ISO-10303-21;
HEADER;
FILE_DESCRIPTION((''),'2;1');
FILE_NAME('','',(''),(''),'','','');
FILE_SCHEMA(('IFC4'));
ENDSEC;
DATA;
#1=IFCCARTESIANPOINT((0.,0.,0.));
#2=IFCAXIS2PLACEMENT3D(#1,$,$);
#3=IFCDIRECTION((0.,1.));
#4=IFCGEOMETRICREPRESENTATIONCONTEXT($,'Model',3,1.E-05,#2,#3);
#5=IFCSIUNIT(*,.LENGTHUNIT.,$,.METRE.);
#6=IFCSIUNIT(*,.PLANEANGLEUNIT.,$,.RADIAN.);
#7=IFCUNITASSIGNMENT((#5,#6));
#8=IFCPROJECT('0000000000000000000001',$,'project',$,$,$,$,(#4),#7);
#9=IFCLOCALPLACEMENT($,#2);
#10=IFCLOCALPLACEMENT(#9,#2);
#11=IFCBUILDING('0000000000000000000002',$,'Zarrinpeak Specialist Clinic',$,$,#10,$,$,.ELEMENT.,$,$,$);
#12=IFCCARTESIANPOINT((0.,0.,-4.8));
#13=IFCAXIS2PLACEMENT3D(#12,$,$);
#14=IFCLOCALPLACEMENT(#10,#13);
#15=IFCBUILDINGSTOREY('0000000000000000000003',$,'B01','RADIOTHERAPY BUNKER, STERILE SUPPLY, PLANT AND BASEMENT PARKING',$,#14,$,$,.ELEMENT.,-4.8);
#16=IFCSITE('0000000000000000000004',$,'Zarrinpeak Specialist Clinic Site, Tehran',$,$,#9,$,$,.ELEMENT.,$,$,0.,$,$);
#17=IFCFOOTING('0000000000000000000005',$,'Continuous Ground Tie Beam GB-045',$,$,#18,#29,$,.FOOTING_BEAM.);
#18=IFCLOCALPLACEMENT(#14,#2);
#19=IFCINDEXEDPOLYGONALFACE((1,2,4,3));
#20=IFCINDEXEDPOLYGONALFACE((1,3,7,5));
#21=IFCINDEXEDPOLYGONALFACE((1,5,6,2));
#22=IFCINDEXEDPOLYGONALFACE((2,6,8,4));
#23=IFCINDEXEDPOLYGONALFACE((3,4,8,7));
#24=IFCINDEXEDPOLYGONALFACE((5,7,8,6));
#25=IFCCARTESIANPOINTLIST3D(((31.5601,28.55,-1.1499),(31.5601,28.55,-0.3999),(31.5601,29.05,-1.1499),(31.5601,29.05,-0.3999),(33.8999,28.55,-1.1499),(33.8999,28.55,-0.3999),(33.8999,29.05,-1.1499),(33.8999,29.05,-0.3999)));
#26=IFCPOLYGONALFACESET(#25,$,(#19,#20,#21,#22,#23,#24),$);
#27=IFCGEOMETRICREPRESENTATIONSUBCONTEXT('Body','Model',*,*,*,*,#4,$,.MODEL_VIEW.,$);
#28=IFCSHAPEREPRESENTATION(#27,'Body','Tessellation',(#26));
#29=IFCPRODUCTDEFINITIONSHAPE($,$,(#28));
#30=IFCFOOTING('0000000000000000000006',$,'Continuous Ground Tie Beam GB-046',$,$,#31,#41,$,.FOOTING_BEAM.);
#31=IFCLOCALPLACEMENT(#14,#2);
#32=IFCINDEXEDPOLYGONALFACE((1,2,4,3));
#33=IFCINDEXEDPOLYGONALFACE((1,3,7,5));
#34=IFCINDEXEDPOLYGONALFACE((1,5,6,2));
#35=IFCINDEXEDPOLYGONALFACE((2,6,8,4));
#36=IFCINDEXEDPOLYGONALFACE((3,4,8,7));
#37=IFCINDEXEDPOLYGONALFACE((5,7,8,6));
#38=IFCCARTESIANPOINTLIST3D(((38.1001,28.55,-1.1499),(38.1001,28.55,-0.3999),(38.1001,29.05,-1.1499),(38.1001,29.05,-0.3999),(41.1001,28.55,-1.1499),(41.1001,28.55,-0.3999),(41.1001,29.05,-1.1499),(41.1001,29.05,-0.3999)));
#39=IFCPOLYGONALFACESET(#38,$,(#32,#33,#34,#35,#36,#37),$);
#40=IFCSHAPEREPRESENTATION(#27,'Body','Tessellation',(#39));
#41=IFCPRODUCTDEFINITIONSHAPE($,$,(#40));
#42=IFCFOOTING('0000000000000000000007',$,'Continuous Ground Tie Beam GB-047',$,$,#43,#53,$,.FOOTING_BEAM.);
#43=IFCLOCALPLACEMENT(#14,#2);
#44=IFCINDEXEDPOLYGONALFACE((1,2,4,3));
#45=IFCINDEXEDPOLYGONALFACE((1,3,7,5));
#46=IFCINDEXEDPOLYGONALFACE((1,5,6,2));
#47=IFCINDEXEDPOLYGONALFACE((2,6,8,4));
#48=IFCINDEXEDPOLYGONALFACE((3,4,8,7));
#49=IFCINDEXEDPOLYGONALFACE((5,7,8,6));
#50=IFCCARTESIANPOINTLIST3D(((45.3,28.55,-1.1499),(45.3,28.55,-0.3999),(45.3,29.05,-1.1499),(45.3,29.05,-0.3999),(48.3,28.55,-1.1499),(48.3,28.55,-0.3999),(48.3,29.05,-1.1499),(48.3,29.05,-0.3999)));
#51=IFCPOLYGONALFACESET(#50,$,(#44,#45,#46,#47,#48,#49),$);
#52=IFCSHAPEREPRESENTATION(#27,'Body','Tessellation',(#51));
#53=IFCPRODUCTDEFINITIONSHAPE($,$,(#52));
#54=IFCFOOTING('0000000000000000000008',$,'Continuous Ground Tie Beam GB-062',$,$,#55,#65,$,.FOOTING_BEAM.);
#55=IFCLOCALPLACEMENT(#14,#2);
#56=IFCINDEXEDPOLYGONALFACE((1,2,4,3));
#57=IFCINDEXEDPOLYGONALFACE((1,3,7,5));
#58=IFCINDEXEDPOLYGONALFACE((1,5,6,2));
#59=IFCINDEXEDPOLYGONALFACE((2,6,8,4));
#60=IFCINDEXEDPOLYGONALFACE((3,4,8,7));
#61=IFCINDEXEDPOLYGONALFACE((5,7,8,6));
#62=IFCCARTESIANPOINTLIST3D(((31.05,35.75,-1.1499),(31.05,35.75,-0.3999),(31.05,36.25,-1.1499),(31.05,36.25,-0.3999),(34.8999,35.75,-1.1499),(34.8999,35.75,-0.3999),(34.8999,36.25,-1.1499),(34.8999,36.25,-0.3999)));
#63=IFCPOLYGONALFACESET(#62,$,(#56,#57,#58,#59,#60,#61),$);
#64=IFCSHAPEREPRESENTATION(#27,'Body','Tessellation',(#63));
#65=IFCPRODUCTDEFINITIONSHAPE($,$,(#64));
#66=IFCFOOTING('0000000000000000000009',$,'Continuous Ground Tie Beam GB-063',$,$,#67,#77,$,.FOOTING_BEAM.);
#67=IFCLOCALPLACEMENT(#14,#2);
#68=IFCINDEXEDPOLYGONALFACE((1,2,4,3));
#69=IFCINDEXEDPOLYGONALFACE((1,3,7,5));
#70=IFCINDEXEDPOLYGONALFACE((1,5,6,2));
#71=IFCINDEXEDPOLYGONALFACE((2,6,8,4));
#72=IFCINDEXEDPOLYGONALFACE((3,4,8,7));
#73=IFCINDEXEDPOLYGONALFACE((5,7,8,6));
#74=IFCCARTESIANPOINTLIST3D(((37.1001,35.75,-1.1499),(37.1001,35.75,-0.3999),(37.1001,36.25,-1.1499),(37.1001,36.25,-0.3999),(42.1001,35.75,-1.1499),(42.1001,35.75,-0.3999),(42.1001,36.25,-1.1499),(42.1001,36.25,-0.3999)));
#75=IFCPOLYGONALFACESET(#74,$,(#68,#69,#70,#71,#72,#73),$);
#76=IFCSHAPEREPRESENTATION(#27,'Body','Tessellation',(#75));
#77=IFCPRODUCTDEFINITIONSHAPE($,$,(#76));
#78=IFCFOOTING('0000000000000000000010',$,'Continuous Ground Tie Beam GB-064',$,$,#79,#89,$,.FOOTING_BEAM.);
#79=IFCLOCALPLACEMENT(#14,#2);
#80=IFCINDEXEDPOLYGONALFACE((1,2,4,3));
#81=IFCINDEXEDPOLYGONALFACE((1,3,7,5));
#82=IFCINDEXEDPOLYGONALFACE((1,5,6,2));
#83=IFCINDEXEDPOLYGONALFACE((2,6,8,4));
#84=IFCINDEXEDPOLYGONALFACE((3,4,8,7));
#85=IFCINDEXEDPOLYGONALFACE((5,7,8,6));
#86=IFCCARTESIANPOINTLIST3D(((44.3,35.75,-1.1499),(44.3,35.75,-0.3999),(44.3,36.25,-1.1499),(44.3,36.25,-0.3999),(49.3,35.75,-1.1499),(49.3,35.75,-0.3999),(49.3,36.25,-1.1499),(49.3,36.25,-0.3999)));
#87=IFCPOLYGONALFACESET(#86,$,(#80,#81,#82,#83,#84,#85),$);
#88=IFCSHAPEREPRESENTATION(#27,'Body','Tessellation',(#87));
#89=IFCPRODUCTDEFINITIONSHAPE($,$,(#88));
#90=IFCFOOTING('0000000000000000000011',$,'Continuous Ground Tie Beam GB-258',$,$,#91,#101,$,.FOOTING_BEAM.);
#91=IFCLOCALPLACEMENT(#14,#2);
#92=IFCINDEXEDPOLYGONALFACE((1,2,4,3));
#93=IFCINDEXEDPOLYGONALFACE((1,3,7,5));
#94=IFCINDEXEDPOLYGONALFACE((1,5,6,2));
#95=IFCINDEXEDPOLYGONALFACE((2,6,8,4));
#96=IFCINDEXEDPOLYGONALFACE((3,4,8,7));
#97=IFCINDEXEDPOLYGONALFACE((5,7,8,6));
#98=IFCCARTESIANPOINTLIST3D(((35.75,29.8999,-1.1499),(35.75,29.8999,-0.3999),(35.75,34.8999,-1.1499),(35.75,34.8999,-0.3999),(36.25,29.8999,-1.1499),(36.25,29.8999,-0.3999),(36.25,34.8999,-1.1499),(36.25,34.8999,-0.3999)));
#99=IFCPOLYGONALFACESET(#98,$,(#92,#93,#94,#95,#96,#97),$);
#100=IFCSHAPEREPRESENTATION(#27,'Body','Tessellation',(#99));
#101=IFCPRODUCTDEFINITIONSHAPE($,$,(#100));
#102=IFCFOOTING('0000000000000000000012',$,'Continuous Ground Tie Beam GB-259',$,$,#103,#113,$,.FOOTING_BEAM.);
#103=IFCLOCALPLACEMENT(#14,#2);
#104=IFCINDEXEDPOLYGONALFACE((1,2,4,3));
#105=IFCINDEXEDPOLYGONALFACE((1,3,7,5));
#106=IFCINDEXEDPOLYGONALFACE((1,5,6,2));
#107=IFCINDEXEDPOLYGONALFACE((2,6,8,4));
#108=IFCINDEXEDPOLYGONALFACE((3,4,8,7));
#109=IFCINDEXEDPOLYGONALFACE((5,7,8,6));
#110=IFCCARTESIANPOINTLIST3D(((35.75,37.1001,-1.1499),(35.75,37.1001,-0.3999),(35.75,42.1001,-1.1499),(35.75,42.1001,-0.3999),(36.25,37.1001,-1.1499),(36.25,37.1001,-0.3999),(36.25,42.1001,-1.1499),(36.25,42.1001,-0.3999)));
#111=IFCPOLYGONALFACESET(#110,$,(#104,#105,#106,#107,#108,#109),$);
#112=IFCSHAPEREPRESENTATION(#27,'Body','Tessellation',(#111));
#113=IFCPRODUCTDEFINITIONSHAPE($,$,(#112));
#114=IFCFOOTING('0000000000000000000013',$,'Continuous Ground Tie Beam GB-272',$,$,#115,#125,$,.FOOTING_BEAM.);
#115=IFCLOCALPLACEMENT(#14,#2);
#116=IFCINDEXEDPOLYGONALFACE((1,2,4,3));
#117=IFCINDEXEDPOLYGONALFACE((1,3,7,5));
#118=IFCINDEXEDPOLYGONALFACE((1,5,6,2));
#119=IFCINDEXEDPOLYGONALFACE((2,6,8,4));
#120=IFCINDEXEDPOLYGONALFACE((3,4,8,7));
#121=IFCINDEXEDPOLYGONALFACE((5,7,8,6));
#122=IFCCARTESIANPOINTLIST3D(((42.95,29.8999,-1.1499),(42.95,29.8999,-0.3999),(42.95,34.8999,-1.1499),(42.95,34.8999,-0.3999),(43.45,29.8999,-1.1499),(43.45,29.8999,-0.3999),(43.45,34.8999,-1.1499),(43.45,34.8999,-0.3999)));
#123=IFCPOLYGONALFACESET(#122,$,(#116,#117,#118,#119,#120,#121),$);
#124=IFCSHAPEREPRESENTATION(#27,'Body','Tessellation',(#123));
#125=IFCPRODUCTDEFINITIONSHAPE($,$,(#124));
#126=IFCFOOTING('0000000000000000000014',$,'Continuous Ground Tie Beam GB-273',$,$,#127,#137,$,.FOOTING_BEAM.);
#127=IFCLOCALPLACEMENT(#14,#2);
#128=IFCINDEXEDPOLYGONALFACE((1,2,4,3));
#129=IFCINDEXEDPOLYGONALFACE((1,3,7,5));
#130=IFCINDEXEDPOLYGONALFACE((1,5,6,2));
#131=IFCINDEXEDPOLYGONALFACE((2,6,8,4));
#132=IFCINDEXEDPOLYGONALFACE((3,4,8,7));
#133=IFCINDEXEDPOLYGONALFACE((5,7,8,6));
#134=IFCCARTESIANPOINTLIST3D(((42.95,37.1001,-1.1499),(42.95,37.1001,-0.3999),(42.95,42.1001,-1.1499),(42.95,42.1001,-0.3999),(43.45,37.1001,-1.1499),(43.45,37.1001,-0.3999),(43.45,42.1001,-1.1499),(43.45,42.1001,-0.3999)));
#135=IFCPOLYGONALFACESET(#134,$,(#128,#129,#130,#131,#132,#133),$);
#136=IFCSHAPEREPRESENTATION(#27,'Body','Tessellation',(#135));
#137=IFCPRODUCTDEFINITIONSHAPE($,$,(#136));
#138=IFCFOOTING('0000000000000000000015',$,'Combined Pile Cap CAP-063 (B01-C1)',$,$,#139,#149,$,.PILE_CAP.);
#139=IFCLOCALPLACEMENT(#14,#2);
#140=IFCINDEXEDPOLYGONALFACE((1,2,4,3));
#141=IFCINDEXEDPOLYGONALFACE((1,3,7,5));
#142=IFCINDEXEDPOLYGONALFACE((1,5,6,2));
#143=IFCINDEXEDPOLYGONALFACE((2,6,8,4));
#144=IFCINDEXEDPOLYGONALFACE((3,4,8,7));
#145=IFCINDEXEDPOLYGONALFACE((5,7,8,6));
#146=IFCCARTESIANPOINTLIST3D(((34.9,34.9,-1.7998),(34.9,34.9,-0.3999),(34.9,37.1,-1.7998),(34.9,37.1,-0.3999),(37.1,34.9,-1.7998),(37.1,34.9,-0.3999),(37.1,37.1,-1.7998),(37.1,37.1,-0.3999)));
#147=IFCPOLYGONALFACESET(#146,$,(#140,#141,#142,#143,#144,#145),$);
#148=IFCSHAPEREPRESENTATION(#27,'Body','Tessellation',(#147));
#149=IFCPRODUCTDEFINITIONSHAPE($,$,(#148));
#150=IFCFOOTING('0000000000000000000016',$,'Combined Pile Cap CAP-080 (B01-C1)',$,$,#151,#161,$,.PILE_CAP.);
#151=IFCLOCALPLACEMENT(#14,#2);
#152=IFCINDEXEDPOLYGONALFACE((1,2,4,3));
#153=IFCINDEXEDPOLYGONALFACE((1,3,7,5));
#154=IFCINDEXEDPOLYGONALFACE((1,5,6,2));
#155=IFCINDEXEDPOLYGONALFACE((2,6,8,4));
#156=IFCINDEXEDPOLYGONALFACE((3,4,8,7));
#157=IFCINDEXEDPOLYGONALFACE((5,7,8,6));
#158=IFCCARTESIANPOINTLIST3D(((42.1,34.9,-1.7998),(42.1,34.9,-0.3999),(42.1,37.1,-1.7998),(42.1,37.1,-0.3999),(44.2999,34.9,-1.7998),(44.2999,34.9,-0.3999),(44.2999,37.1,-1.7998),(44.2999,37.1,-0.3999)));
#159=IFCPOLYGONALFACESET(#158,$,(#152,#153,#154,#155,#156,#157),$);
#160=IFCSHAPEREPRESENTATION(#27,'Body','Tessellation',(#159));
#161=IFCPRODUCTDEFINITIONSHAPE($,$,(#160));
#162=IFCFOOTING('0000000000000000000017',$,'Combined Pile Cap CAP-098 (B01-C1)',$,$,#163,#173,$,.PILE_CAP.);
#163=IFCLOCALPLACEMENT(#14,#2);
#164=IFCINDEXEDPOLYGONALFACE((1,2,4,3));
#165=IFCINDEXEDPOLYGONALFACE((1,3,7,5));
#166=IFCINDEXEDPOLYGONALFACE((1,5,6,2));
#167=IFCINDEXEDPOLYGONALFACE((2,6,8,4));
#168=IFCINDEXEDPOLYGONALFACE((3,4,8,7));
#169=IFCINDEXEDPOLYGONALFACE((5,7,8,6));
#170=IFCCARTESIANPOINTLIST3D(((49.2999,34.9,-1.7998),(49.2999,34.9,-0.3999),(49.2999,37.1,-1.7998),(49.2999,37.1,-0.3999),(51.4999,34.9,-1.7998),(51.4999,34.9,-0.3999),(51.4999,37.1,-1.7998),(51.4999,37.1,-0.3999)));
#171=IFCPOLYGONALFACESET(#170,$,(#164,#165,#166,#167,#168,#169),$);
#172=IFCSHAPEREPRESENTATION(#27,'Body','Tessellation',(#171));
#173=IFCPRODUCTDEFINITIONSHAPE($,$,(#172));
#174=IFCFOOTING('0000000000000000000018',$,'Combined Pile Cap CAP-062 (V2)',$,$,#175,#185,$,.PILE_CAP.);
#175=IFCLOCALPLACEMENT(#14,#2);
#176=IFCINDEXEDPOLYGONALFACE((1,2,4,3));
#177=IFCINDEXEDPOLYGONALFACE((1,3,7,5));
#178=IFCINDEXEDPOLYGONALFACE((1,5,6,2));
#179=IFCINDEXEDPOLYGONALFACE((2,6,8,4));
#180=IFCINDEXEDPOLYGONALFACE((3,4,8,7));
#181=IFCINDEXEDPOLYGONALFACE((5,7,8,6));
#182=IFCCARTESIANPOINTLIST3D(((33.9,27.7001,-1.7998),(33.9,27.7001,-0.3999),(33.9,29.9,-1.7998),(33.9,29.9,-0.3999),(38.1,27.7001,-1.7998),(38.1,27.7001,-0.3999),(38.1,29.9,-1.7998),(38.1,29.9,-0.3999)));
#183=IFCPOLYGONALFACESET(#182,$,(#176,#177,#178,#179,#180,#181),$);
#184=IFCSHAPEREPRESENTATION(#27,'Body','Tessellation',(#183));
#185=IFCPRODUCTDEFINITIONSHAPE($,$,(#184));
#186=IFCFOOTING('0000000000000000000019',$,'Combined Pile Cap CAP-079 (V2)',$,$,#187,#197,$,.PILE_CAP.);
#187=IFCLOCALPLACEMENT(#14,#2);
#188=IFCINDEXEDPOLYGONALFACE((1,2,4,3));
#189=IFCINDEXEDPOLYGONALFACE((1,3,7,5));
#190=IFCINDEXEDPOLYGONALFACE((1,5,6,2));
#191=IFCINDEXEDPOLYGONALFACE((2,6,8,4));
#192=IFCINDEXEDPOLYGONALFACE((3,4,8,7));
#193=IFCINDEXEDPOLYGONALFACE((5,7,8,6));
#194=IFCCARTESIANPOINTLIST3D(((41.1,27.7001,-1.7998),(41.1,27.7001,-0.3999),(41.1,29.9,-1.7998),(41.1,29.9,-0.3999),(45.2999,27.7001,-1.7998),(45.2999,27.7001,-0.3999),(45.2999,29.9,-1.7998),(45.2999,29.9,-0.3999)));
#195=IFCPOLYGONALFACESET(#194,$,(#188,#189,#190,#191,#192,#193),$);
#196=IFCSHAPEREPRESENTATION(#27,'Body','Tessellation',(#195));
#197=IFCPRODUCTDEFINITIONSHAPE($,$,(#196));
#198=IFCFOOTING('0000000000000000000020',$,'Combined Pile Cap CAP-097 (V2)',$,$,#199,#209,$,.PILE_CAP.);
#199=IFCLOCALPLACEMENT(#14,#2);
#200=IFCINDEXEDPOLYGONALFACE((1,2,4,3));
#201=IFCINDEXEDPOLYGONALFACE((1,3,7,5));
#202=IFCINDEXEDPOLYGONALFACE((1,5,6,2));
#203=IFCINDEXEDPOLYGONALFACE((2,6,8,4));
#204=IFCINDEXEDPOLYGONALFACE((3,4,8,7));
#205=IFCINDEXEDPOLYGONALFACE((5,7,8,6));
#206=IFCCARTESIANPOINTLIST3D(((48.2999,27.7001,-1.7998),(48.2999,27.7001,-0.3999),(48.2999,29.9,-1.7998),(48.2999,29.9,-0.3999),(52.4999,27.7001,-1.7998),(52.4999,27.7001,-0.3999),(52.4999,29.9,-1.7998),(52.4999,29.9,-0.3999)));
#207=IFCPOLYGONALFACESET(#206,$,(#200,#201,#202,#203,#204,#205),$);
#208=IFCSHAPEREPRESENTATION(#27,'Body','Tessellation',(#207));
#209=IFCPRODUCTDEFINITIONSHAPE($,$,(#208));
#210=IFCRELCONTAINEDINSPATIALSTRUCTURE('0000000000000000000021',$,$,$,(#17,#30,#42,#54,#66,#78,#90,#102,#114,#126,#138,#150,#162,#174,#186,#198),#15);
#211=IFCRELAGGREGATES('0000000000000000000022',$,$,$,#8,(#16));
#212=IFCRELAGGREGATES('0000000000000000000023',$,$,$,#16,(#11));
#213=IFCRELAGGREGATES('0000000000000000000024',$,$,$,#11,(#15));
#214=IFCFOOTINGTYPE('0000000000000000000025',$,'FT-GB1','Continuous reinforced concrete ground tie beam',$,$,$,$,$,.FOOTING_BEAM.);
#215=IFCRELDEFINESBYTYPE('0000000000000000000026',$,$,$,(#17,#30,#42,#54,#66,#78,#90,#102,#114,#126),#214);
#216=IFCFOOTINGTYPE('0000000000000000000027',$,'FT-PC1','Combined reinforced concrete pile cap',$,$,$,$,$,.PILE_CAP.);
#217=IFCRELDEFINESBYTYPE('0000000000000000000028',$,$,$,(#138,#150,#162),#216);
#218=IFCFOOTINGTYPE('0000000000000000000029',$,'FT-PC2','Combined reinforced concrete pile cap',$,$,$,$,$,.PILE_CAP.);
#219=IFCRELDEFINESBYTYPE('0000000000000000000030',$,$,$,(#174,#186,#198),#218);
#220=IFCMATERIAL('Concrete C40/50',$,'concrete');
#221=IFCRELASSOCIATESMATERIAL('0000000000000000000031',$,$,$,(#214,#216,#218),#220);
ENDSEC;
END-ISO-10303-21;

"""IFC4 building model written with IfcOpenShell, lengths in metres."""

from ifc_helpers import new_model, si_unit, direction, frame, origin, origin_2d, place, context, subcontext, project, spatial, rectangle, extrude, material, material_profile, profile_set, type_object, element, save


model = new_model("IFC4")

# Units and contexts
model_context = context("Model", 3, precision=1e-05, world=origin(), true_north=direction((0.0, 1.0)))
body_context = subcontext(model_context, "Body", "Model", "MODEL_VIEW")
ifc_project = project(units=[si_unit("LENGTHUNIT", "METRE"), si_unit("PLANEANGLEUNIT", "RADIAN")], contexts=[model_context])

# Site, building, storey
site_placement = place(None, origin())
site = spatial("IfcSite", under=ifc_project, at=site_placement, Name="Zarrinpeak Specialist Clinic Site, Tehran", CompositionType="ELEMENT", RefElevation=0.0)
building_placement = place(site_placement, origin())
building = spatial("IfcBuilding", under=site, at=building_placement, Name="Zarrinpeak Specialist Clinic", CompositionType="ELEMENT")
storey_placement = place(building_placement, frame((0.0, 0.0, -4.8)))
storey = spatial("IfcBuildingStorey", under=building, at=storey_placement, Name="B01", Description="RADIOTHERAPY BUNKER, STERILE SUPPLY, PLANT AND BASEMENT PARKING", CompositionType="ELEMENT", Elevation=-4.8)

# Footings
ifc_material_1 = material(Name="Concrete C40/50", Category="concrete")
ifc_material_profile_1 = material_profile(ifc_material_1, rectangle(XDim=0.5, YDim=0.75, at=origin_2d()), Name="RC 500x750")
ifc_profile_set_1 = profile_set([ifc_material_profile_1], Name="Concrete C40/50")
footing_type_1 = type_object("IfcFootingType", Name="FT-GB1", Description="Continuous reinforced concrete ground tie beam", PredefinedType="FOOTING_BEAM", material=ifc_profile_set_1)
footing_1_placement = place(storey_placement, frame((31.5601, 28.8, -0.7749), z_axis=(1.0, 0.0, 0.0), x_axis=(0.0, 1.0, 0.0)))
element("IfcFooting", 1, at=footing_1_placement, inside=storey, type_object=footing_type_1, Name="Continuous Ground Tie Beam GB-045", PredefinedType="FOOTING_BEAM", context=body_context, shape_type="SweptSolid", body=[
    extrude(rectangle(XDim=0.5, YDim=0.75, at=origin_2d()), origin(), (0.0, 0.0, 1.0), 2.3398),
])
for number, where, z_axis, x_axis, name in (
    (2, (38.1001, 28.8, -0.7749), (1.0, 0.0, 0.0), (0.0, 1.0, 0.0), "Continuous Ground Tie Beam GB-046"),
    (3, (45.3, 28.8, -0.7749), (1.0, 0.0, 0.0), (0.0, 1.0, 0.0), "Continuous Ground Tie Beam GB-047"),
):
    element("IfcFooting", number, at=place(storey_placement, frame(where, z_axis=z_axis, x_axis=x_axis)), inside=storey, type_object=footing_type_1, Name=name, PredefinedType="FOOTING_BEAM", context=body_context, shape_type="SweptSolid", body=[
        extrude(rectangle(XDim=0.5, YDim=0.75, at=origin_2d()), origin(), (0.0, 0.0, 1.0), 3.0),
    ])
footing_2_placement = place(storey_placement, frame((31.05, 36.0, -0.7749), z_axis=(1.0, 0.0, 0.0), x_axis=(0.0, 1.0, 0.0)))
element("IfcFooting", 4, at=footing_2_placement, inside=storey, type_object=footing_type_1, Name="Continuous Ground Tie Beam GB-062", PredefinedType="FOOTING_BEAM", context=body_context, shape_type="SweptSolid", body=[
    extrude(rectangle(XDim=0.5, YDim=0.75, at=origin_2d()), origin(), (0.0, 0.0, 1.0), 3.8499),
])
for number, where, z_axis, x_axis, name in (
    (5, (37.1001, 36.0, -0.7749), (1.0, 0.0, 0.0), (0.0, 1.0, 0.0), "Continuous Ground Tie Beam GB-063"),
    (6, (44.3, 36.0, -0.7749), (1.0, 0.0, 0.0), (0.0, 1.0, 0.0), "Continuous Ground Tie Beam GB-064"),
    (7, (36.0, 29.8999, -0.7749), (0.0, 1.0, 0.0), (-1.0, 0.0, 0.0), "Continuous Ground Tie Beam GB-258"),
    (8, (36.0, 37.1001, -0.7749), (0.0, 1.0, 0.0), (-1.0, 0.0, 0.0), "Continuous Ground Tie Beam GB-259"),
    (9, (43.2, 29.8999, -0.7749), (0.0, 1.0, 0.0), (-1.0, 0.0, 0.0), "Continuous Ground Tie Beam GB-272"),
    (10, (43.2, 37.1001, -0.7749), (0.0, 1.0, 0.0), (-1.0, 0.0, 0.0), "Continuous Ground Tie Beam GB-273"),
):
    element("IfcFooting", number, at=place(storey_placement, frame(where, z_axis=z_axis, x_axis=x_axis)), inside=storey, type_object=footing_type_1, Name=name, PredefinedType="FOOTING_BEAM", context=body_context, shape_type="SweptSolid", body=[
        extrude(rectangle(XDim=0.5, YDim=0.75, at=origin_2d()), origin(), (0.0, 0.0, 1.0), 5.0),
    ])
footing_type_2 = type_object("IfcFootingType", Name="FT-PC1", Description="Combined reinforced concrete pile cap", PredefinedType="PILE_CAP", material=ifc_material_1)
for number, where, z_axis, x_axis, name in (
    (11, (36.0, 36.0, -1.7998), (0.0, 0.0, 1.0), (1.0, 0.0, 0.0), "Combined Pile Cap CAP-063 (B01-C1)"),
    (12, (43.2, 36.0, -1.7998), (0.0, 0.0, 1.0), (1.0, 0.0, 0.0), "Combined Pile Cap CAP-080 (B01-C1)"),
    (13, (50.3999, 36.0, -1.7998), (0.0, 0.0, 1.0), (1.0, 0.0, 0.0), "Combined Pile Cap CAP-098 (B01-C1)"),
):
    element("IfcFooting", number, at=place(storey_placement, frame(where, z_axis=z_axis, x_axis=x_axis)), inside=storey, type_object=footing_type_2, Name=name, PredefinedType="PILE_CAP", context=body_context, shape_type="SweptSolid", body=[
        extrude(rectangle(XDim=2.2, YDim=2.2, at=origin_2d()), origin(), (0.0, 0.0, 1.0), 1.3999),
    ])
footing_type_3 = type_object("IfcFootingType", Name="FT-PC2", Description="Combined reinforced concrete pile cap", PredefinedType="PILE_CAP", material=ifc_material_1)
for number, where, z_axis, x_axis, name in (
    (14, (36.0, 28.8, -1.7998), (0.0, 0.0, 1.0), (1.0, 0.0, 0.0), "Combined Pile Cap CAP-062 (V2)"),
    (15, (43.2, 28.8, -1.7998), (0.0, 0.0, 1.0), (1.0, 0.0, 0.0), "Combined Pile Cap CAP-079 (V2)"),
    (16, (50.3999, 28.8, -1.7998), (0.0, 0.0, 1.0), (1.0, 0.0, 0.0), "Combined Pile Cap CAP-097 (V2)"),
):
    element("IfcFooting", number, at=place(storey_placement, frame(where, z_axis=z_axis, x_axis=x_axis)), inside=storey, type_object=footing_type_3, Name=name, PredefinedType="PILE_CAP", context=body_context, shape_type="SweptSolid", body=[
        extrude(rectangle(XDim=4.2, YDim=2.2, at=origin_2d()), origin(), (0.0, 0.0, 1.0), 1.3999),
    ])

save(model, "model.ifc")
